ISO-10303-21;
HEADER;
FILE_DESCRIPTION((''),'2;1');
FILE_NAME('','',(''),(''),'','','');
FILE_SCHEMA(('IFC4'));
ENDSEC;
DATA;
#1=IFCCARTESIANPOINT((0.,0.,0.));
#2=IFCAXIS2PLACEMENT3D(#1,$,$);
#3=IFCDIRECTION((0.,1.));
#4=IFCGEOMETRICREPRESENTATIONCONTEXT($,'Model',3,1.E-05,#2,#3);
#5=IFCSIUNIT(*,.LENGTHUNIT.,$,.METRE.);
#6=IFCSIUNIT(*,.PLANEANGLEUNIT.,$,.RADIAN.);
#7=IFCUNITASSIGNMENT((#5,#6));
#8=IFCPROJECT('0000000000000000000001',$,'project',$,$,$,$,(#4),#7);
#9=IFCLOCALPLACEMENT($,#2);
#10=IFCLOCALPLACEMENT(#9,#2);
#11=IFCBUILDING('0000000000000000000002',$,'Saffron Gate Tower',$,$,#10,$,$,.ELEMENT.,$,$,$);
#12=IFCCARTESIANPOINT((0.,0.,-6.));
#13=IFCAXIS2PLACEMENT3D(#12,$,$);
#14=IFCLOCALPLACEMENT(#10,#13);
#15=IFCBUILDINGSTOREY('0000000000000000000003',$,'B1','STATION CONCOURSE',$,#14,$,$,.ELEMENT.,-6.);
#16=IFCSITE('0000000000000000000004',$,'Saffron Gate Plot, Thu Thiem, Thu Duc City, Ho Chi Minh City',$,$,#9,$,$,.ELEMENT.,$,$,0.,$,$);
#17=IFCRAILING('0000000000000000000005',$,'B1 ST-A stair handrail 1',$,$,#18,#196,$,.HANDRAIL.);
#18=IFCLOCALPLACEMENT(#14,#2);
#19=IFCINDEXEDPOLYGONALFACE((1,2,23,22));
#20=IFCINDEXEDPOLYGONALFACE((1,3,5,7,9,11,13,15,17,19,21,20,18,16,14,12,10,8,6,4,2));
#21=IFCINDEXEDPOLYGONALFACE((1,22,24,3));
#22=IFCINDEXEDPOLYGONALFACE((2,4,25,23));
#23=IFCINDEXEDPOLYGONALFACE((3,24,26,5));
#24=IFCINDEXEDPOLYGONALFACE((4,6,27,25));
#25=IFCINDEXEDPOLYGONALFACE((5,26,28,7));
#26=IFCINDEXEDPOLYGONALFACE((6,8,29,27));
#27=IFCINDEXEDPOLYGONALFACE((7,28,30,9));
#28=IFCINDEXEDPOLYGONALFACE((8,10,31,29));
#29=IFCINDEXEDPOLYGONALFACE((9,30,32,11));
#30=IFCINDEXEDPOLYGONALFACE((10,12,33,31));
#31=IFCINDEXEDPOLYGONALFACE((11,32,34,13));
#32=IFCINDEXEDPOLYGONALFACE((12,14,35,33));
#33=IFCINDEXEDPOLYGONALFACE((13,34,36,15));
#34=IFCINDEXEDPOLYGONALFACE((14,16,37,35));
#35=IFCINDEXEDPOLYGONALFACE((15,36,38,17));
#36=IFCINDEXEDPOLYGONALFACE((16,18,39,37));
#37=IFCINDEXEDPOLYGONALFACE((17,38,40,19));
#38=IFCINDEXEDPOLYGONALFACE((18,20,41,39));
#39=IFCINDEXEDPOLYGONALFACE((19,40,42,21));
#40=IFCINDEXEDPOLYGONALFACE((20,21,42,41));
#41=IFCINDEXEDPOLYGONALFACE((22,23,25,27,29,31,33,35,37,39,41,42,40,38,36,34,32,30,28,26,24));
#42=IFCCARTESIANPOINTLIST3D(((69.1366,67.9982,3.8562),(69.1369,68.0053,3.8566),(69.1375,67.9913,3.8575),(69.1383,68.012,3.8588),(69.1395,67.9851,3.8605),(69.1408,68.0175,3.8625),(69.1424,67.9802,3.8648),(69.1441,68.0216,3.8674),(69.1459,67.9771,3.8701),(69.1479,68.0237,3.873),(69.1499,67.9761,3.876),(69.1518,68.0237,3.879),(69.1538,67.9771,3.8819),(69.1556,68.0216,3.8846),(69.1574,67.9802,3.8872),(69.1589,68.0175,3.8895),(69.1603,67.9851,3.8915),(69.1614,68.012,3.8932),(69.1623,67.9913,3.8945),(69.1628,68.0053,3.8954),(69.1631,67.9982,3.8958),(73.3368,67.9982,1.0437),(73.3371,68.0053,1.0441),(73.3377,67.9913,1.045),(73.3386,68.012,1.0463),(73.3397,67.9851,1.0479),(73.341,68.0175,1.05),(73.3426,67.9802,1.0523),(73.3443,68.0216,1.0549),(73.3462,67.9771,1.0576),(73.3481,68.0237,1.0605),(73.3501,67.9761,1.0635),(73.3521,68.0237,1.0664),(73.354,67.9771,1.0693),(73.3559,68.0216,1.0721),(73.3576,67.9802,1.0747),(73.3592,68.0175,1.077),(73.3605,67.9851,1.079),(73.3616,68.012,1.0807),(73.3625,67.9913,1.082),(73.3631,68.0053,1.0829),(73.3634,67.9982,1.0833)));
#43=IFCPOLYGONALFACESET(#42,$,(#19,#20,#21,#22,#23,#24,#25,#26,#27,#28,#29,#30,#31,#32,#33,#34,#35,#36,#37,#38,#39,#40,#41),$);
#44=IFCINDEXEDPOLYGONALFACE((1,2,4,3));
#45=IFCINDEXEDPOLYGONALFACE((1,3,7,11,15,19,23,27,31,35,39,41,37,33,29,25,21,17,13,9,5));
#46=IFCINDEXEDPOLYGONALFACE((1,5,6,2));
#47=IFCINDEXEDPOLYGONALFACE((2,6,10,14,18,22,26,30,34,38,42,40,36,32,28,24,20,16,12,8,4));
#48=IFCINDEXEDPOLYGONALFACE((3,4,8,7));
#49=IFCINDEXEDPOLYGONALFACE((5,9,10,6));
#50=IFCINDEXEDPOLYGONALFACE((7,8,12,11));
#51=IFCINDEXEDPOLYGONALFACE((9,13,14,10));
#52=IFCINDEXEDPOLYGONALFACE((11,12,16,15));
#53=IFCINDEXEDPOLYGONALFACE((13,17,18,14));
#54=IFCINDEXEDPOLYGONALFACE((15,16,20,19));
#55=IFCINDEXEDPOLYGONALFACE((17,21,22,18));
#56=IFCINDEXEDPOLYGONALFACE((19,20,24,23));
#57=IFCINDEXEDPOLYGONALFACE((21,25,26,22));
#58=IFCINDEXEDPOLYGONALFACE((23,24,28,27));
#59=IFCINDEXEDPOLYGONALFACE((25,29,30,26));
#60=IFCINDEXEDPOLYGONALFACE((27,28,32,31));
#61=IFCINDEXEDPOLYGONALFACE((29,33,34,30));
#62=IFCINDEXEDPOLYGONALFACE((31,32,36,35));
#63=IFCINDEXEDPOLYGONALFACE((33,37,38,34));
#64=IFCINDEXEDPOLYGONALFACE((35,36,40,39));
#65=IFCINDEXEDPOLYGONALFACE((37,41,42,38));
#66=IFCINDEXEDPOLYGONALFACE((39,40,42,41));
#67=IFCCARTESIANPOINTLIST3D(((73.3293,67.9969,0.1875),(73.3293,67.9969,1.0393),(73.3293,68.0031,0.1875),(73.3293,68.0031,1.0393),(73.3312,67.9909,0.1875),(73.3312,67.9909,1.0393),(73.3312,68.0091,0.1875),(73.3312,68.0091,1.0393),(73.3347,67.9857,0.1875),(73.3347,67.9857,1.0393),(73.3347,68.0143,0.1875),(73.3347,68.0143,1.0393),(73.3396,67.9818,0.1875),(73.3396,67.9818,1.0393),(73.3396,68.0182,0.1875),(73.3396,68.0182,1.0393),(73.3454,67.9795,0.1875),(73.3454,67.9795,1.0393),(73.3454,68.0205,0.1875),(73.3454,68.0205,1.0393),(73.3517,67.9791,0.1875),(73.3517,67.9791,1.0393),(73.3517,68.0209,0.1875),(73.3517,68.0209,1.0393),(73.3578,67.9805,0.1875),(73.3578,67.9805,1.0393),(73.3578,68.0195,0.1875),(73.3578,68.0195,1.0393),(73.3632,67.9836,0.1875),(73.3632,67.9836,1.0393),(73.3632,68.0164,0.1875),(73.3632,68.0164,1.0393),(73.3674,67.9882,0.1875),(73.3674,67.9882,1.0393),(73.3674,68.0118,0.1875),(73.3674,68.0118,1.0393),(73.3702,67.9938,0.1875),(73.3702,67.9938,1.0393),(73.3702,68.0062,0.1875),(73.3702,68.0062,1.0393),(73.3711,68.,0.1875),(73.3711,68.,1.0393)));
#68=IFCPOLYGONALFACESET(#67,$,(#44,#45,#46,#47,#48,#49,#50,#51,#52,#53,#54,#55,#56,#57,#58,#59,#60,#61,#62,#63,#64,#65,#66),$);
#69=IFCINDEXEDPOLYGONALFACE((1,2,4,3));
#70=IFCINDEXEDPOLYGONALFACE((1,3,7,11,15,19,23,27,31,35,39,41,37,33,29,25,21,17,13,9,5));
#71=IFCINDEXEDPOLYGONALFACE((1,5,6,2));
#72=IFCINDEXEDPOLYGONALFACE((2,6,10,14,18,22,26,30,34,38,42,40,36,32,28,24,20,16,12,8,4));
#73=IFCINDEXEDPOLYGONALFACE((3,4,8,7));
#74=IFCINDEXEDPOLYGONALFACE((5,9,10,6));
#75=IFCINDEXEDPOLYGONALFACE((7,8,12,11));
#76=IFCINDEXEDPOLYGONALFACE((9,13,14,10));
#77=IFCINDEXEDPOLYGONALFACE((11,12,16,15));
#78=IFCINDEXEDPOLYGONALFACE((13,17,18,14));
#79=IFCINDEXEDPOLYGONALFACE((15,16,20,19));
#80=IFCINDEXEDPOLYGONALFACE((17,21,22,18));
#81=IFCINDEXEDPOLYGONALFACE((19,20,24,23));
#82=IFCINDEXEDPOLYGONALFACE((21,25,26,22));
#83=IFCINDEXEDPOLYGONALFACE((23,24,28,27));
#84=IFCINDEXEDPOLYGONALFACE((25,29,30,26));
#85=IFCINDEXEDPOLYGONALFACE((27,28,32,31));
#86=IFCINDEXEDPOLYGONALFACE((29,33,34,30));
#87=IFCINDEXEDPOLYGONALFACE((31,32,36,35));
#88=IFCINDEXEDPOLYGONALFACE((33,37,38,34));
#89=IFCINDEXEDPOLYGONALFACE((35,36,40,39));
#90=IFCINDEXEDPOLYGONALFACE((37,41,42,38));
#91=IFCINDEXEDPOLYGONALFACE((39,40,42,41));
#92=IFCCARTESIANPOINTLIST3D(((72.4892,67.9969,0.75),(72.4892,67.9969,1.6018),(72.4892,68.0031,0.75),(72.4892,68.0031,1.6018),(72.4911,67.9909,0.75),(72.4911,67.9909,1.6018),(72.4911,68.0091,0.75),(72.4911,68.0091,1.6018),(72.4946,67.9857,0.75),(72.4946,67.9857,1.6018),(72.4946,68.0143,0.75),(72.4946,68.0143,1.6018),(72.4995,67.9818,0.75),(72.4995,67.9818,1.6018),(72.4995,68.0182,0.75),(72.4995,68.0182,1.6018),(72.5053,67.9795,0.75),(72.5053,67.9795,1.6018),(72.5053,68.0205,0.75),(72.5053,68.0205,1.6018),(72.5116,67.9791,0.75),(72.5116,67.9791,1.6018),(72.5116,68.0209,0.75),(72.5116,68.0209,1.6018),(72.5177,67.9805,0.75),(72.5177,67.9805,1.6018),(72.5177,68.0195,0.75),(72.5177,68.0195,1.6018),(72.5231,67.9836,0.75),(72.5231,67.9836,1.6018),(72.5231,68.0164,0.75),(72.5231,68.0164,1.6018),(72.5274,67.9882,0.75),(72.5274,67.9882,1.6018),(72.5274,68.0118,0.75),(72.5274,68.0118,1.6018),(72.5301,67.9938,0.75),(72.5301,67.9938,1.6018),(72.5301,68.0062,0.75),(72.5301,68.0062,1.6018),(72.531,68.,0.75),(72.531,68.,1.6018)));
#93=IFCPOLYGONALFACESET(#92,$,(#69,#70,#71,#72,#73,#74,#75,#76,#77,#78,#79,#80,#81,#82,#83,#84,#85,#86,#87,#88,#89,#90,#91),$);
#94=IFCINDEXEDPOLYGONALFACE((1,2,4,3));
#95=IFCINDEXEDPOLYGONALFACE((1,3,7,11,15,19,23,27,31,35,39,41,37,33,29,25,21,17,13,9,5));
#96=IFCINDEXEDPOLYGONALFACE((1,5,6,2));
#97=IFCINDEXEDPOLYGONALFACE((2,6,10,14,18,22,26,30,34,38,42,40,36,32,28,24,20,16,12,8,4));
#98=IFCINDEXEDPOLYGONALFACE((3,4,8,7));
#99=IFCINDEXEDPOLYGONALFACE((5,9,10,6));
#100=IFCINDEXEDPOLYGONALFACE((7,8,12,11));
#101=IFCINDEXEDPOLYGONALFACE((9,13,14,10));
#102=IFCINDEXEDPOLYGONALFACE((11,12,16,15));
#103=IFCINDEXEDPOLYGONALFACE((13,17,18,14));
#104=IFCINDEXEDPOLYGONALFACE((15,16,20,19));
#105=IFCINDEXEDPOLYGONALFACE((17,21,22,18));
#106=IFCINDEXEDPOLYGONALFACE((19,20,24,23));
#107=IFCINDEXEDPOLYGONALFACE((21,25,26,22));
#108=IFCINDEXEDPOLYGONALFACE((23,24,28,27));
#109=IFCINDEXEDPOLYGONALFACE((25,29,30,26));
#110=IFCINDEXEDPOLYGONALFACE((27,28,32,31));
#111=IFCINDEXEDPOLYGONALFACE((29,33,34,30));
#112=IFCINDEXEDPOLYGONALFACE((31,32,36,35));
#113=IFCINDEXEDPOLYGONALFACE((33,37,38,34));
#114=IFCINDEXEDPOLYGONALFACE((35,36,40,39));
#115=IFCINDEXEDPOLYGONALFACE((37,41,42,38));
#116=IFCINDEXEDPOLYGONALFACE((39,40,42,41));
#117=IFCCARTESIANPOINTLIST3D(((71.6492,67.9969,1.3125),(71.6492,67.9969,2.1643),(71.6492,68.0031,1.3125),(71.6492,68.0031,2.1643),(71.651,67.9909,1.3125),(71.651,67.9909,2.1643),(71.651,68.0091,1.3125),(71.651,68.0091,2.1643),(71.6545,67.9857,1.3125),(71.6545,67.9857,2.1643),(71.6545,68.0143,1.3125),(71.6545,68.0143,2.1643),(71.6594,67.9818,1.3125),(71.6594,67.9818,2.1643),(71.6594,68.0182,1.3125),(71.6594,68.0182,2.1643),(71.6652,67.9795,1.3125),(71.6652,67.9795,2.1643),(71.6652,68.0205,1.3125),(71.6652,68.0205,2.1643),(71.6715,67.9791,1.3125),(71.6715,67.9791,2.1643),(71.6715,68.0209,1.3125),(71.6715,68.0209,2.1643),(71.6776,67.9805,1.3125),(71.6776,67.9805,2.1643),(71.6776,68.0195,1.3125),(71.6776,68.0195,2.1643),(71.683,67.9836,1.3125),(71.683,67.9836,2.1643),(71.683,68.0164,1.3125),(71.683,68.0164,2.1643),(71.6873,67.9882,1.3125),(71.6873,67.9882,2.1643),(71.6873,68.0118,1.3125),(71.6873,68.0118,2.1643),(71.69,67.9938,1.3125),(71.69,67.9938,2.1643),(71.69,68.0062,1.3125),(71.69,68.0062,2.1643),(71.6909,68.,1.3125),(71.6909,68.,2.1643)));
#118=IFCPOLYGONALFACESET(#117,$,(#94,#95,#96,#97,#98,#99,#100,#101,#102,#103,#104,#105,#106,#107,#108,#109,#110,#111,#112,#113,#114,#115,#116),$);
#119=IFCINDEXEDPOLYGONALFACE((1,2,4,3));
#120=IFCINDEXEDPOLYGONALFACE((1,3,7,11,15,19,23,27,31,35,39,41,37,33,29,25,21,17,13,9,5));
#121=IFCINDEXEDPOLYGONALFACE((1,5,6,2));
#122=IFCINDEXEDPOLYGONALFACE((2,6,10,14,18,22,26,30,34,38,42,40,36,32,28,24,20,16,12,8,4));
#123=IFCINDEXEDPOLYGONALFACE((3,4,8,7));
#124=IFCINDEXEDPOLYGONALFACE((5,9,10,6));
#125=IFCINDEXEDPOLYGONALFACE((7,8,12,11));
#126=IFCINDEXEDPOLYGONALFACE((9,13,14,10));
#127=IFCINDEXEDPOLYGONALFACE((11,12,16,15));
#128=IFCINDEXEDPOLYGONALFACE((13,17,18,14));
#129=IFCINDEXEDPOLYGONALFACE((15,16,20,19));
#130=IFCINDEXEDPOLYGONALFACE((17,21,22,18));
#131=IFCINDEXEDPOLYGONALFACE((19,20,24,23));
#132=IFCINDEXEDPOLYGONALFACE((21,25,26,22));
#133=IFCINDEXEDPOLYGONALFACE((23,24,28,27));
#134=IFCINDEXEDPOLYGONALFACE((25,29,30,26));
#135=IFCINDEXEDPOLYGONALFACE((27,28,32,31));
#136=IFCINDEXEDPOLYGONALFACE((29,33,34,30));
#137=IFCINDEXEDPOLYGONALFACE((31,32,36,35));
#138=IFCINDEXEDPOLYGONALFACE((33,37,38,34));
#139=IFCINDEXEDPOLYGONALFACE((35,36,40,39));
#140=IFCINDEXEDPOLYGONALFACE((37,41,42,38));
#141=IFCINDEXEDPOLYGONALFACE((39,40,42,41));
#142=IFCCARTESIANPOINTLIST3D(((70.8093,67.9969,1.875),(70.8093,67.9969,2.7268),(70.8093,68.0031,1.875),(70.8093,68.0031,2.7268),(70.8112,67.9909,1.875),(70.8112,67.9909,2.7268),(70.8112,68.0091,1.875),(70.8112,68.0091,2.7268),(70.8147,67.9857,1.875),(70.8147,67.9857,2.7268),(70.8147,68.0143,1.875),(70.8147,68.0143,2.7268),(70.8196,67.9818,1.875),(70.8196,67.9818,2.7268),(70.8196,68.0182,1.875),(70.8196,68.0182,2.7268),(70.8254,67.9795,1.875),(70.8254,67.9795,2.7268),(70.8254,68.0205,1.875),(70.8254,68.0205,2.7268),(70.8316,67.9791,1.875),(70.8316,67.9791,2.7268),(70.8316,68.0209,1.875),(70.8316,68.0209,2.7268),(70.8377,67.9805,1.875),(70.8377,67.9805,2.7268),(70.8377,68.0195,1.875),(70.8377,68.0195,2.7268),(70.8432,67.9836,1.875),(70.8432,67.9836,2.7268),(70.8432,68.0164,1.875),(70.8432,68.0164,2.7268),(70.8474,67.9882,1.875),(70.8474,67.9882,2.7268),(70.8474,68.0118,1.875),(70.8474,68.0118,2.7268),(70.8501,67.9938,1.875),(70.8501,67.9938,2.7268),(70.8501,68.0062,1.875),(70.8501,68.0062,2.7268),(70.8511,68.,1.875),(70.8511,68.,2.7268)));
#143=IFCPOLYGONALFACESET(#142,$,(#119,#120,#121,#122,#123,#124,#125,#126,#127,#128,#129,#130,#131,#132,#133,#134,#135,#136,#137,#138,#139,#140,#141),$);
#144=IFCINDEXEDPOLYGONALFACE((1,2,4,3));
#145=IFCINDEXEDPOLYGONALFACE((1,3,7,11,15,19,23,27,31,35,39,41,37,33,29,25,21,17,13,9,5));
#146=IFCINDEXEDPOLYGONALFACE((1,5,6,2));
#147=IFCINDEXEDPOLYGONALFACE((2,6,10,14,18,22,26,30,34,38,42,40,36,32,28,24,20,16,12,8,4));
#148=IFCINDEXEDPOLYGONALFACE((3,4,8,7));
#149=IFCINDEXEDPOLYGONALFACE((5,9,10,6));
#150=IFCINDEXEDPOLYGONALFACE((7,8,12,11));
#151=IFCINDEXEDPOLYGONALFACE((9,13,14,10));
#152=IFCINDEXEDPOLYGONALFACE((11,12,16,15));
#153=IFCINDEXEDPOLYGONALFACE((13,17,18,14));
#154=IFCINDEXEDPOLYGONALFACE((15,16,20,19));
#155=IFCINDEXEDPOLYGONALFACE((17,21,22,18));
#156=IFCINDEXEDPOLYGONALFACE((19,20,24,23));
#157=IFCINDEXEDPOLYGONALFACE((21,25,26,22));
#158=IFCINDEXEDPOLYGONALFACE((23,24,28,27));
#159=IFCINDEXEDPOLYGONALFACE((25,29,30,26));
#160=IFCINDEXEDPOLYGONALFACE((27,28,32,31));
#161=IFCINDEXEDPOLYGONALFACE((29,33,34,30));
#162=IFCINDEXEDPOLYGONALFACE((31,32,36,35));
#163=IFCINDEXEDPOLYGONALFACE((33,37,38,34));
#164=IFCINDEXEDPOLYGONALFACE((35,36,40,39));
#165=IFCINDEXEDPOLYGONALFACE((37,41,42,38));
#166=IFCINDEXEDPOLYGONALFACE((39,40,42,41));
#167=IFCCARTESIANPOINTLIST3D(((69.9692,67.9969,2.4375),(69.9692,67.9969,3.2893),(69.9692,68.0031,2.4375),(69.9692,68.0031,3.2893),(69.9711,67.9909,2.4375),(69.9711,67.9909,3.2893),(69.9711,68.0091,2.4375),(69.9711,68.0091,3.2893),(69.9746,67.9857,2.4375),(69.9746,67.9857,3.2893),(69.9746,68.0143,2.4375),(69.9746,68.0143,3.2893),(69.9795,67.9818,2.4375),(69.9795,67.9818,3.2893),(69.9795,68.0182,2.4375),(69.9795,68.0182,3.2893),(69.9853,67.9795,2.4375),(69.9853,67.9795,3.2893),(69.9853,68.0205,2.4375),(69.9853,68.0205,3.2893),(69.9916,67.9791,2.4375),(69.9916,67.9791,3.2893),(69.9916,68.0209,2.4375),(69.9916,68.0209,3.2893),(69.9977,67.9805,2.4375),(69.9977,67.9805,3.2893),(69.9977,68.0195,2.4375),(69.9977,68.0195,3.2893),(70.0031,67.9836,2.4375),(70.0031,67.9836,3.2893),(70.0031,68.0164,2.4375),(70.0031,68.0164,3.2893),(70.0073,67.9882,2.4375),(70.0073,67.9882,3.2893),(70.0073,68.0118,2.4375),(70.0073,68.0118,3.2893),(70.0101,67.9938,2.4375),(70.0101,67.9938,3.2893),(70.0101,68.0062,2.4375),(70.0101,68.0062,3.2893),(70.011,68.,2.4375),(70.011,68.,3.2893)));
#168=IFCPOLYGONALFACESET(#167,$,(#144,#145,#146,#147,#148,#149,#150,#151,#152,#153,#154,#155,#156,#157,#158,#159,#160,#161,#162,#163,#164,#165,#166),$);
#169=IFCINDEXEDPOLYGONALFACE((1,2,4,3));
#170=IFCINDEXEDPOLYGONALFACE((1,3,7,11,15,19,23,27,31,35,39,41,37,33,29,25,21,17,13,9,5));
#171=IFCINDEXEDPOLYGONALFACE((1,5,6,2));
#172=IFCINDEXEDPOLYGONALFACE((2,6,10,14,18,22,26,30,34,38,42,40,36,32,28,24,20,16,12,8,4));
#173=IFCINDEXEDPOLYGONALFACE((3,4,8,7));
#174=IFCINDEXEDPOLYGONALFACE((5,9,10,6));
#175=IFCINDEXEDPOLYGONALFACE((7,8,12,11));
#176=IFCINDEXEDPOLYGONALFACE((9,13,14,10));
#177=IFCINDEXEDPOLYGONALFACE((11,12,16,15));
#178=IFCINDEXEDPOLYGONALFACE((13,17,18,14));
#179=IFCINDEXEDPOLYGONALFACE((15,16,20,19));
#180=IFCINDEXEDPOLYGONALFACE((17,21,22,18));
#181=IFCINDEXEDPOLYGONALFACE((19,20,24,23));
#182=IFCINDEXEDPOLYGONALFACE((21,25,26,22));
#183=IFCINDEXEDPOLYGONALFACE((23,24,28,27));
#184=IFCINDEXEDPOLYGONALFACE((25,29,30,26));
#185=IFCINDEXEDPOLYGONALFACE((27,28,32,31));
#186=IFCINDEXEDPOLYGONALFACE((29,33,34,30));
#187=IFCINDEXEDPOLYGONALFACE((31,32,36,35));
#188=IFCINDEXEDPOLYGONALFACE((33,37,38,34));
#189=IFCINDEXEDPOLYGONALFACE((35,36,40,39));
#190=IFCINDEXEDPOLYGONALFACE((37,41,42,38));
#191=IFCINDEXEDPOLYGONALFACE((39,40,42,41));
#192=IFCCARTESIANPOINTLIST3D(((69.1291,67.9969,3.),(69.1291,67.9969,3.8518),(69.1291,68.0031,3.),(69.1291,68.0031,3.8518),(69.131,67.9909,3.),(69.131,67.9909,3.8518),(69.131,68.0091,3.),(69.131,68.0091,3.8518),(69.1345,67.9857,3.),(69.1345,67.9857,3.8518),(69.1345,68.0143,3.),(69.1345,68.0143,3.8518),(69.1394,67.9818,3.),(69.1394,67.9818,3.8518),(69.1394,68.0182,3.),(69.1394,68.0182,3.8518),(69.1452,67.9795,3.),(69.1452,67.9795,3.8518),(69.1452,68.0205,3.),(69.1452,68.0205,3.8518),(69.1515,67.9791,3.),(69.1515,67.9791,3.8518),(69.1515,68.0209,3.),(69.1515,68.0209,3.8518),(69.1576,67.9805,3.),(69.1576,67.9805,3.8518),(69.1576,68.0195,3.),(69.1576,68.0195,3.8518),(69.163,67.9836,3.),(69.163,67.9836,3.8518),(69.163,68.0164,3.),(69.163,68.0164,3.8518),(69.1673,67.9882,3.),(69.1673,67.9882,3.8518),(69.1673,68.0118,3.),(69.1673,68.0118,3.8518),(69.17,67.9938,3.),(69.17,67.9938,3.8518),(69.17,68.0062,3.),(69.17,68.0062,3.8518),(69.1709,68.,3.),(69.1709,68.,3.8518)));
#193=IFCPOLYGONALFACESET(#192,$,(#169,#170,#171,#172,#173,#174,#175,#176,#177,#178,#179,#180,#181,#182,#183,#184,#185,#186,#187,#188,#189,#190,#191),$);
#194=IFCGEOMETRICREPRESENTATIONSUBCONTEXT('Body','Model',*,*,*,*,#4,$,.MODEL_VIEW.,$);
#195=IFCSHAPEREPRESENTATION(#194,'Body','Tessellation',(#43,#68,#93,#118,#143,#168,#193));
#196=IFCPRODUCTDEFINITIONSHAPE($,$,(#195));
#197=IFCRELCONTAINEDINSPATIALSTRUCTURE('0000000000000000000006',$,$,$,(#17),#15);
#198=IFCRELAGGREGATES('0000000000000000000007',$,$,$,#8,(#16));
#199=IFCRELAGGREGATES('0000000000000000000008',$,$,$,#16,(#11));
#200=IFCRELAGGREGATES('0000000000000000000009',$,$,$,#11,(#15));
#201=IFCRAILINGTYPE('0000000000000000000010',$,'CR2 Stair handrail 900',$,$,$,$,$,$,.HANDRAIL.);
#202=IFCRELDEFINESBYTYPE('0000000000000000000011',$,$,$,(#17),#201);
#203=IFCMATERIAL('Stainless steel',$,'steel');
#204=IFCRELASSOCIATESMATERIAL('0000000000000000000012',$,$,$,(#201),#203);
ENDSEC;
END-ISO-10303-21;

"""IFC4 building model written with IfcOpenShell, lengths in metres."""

from ifc_helpers import new_model, si_unit, direction, frame, origin, origin_2d, place, context, subcontext, project, spatial, circle, extrude, material, type_object, element, save


model = new_model("IFC4")

# Units and contexts
model_context = context("Model", 3, precision=1e-05, world=origin(), true_north=direction((0.0, 1.0)))
body_context = subcontext(model_context, "Body", "Model", "MODEL_VIEW")
ifc_project = project(units=[si_unit("LENGTHUNIT", "METRE"), si_unit("PLANEANGLEUNIT", "RADIAN")], contexts=[model_context])

# Site, building, storey
site_placement = place(None, origin())
site = spatial("IfcSite", under=ifc_project, at=site_placement, Name="Saffron Gate Plot, Thu Thiem, Thu Duc City, Ho Chi Minh City", CompositionType="ELEMENT", RefElevation=0.0)
building_placement = place(site_placement, origin())
building = spatial("IfcBuilding", under=site, at=building_placement, Name="Saffron Gate Tower", CompositionType="ELEMENT")
storey_placement = place(building_placement, frame((0.0, 0.0, -6.0)))
storey = spatial("IfcBuildingStorey", under=building, at=storey_placement, Name="B1", Description="STATION CONCOURSE", CompositionType="ELEMENT", Elevation=-6.0)

# Railing
ifc_material_1 = material(Name="Stainless steel", Category="steel")
railing_type = type_object("IfcRailingType", Name="CR2 Stair handrail 900", PredefinedType="HANDRAIL", material=ifc_material_1)
railing_placement = place(storey_placement, frame((73.3501, 68.0, 0.1875)))
element("IfcRailing", 1, at=railing_placement, inside=storey, type_object=railing_type, Name="B1 ST-A stair handrail 1", PredefinedType="HANDRAIL", context=body_context, shape_type="SweptSolid", body=[
    extrude(circle(Radius=0.0239, at=origin_2d()), frame((0.0, 0.0, 0.876), z_axis=(-0.830919, 0.0, 0.556393), x_axis=(0.0, -1.0, 0.0)), (0.0, 0.0, 1.0), 5.0549),
    extrude(circle(Radius=0.021, at=origin_2d()), origin(), (0.0, 0.0, 1.0), 0.8518),
    extrude(circle(Radius=0.021, at=origin_2d()), frame((-0.8401, 0.0, 0.5625)), (0.0, 0.0, 1.0), 0.8518),
    extrude(circle(Radius=0.021, at=origin_2d()), frame((-1.6802, 0.0, 1.125)), (0.0, 0.0, 1.0), 0.8518),
    extrude(circle(Radius=0.021, at=origin_2d()), frame((-2.52, 0.0, 1.6875)), (0.0, 0.0, 1.0), 0.8518),
    extrude(circle(Radius=0.021, at=origin_2d()), frame((-3.3601, 0.0, 2.25)), (0.0, 0.0, 1.0), 0.8518),
    extrude(circle(Radius=0.021, at=origin_2d()), frame((-4.2002, 0.0, 2.8125)), (0.0, 0.0, 1.0), 0.8518),
])

save(model, "model.ifc")
